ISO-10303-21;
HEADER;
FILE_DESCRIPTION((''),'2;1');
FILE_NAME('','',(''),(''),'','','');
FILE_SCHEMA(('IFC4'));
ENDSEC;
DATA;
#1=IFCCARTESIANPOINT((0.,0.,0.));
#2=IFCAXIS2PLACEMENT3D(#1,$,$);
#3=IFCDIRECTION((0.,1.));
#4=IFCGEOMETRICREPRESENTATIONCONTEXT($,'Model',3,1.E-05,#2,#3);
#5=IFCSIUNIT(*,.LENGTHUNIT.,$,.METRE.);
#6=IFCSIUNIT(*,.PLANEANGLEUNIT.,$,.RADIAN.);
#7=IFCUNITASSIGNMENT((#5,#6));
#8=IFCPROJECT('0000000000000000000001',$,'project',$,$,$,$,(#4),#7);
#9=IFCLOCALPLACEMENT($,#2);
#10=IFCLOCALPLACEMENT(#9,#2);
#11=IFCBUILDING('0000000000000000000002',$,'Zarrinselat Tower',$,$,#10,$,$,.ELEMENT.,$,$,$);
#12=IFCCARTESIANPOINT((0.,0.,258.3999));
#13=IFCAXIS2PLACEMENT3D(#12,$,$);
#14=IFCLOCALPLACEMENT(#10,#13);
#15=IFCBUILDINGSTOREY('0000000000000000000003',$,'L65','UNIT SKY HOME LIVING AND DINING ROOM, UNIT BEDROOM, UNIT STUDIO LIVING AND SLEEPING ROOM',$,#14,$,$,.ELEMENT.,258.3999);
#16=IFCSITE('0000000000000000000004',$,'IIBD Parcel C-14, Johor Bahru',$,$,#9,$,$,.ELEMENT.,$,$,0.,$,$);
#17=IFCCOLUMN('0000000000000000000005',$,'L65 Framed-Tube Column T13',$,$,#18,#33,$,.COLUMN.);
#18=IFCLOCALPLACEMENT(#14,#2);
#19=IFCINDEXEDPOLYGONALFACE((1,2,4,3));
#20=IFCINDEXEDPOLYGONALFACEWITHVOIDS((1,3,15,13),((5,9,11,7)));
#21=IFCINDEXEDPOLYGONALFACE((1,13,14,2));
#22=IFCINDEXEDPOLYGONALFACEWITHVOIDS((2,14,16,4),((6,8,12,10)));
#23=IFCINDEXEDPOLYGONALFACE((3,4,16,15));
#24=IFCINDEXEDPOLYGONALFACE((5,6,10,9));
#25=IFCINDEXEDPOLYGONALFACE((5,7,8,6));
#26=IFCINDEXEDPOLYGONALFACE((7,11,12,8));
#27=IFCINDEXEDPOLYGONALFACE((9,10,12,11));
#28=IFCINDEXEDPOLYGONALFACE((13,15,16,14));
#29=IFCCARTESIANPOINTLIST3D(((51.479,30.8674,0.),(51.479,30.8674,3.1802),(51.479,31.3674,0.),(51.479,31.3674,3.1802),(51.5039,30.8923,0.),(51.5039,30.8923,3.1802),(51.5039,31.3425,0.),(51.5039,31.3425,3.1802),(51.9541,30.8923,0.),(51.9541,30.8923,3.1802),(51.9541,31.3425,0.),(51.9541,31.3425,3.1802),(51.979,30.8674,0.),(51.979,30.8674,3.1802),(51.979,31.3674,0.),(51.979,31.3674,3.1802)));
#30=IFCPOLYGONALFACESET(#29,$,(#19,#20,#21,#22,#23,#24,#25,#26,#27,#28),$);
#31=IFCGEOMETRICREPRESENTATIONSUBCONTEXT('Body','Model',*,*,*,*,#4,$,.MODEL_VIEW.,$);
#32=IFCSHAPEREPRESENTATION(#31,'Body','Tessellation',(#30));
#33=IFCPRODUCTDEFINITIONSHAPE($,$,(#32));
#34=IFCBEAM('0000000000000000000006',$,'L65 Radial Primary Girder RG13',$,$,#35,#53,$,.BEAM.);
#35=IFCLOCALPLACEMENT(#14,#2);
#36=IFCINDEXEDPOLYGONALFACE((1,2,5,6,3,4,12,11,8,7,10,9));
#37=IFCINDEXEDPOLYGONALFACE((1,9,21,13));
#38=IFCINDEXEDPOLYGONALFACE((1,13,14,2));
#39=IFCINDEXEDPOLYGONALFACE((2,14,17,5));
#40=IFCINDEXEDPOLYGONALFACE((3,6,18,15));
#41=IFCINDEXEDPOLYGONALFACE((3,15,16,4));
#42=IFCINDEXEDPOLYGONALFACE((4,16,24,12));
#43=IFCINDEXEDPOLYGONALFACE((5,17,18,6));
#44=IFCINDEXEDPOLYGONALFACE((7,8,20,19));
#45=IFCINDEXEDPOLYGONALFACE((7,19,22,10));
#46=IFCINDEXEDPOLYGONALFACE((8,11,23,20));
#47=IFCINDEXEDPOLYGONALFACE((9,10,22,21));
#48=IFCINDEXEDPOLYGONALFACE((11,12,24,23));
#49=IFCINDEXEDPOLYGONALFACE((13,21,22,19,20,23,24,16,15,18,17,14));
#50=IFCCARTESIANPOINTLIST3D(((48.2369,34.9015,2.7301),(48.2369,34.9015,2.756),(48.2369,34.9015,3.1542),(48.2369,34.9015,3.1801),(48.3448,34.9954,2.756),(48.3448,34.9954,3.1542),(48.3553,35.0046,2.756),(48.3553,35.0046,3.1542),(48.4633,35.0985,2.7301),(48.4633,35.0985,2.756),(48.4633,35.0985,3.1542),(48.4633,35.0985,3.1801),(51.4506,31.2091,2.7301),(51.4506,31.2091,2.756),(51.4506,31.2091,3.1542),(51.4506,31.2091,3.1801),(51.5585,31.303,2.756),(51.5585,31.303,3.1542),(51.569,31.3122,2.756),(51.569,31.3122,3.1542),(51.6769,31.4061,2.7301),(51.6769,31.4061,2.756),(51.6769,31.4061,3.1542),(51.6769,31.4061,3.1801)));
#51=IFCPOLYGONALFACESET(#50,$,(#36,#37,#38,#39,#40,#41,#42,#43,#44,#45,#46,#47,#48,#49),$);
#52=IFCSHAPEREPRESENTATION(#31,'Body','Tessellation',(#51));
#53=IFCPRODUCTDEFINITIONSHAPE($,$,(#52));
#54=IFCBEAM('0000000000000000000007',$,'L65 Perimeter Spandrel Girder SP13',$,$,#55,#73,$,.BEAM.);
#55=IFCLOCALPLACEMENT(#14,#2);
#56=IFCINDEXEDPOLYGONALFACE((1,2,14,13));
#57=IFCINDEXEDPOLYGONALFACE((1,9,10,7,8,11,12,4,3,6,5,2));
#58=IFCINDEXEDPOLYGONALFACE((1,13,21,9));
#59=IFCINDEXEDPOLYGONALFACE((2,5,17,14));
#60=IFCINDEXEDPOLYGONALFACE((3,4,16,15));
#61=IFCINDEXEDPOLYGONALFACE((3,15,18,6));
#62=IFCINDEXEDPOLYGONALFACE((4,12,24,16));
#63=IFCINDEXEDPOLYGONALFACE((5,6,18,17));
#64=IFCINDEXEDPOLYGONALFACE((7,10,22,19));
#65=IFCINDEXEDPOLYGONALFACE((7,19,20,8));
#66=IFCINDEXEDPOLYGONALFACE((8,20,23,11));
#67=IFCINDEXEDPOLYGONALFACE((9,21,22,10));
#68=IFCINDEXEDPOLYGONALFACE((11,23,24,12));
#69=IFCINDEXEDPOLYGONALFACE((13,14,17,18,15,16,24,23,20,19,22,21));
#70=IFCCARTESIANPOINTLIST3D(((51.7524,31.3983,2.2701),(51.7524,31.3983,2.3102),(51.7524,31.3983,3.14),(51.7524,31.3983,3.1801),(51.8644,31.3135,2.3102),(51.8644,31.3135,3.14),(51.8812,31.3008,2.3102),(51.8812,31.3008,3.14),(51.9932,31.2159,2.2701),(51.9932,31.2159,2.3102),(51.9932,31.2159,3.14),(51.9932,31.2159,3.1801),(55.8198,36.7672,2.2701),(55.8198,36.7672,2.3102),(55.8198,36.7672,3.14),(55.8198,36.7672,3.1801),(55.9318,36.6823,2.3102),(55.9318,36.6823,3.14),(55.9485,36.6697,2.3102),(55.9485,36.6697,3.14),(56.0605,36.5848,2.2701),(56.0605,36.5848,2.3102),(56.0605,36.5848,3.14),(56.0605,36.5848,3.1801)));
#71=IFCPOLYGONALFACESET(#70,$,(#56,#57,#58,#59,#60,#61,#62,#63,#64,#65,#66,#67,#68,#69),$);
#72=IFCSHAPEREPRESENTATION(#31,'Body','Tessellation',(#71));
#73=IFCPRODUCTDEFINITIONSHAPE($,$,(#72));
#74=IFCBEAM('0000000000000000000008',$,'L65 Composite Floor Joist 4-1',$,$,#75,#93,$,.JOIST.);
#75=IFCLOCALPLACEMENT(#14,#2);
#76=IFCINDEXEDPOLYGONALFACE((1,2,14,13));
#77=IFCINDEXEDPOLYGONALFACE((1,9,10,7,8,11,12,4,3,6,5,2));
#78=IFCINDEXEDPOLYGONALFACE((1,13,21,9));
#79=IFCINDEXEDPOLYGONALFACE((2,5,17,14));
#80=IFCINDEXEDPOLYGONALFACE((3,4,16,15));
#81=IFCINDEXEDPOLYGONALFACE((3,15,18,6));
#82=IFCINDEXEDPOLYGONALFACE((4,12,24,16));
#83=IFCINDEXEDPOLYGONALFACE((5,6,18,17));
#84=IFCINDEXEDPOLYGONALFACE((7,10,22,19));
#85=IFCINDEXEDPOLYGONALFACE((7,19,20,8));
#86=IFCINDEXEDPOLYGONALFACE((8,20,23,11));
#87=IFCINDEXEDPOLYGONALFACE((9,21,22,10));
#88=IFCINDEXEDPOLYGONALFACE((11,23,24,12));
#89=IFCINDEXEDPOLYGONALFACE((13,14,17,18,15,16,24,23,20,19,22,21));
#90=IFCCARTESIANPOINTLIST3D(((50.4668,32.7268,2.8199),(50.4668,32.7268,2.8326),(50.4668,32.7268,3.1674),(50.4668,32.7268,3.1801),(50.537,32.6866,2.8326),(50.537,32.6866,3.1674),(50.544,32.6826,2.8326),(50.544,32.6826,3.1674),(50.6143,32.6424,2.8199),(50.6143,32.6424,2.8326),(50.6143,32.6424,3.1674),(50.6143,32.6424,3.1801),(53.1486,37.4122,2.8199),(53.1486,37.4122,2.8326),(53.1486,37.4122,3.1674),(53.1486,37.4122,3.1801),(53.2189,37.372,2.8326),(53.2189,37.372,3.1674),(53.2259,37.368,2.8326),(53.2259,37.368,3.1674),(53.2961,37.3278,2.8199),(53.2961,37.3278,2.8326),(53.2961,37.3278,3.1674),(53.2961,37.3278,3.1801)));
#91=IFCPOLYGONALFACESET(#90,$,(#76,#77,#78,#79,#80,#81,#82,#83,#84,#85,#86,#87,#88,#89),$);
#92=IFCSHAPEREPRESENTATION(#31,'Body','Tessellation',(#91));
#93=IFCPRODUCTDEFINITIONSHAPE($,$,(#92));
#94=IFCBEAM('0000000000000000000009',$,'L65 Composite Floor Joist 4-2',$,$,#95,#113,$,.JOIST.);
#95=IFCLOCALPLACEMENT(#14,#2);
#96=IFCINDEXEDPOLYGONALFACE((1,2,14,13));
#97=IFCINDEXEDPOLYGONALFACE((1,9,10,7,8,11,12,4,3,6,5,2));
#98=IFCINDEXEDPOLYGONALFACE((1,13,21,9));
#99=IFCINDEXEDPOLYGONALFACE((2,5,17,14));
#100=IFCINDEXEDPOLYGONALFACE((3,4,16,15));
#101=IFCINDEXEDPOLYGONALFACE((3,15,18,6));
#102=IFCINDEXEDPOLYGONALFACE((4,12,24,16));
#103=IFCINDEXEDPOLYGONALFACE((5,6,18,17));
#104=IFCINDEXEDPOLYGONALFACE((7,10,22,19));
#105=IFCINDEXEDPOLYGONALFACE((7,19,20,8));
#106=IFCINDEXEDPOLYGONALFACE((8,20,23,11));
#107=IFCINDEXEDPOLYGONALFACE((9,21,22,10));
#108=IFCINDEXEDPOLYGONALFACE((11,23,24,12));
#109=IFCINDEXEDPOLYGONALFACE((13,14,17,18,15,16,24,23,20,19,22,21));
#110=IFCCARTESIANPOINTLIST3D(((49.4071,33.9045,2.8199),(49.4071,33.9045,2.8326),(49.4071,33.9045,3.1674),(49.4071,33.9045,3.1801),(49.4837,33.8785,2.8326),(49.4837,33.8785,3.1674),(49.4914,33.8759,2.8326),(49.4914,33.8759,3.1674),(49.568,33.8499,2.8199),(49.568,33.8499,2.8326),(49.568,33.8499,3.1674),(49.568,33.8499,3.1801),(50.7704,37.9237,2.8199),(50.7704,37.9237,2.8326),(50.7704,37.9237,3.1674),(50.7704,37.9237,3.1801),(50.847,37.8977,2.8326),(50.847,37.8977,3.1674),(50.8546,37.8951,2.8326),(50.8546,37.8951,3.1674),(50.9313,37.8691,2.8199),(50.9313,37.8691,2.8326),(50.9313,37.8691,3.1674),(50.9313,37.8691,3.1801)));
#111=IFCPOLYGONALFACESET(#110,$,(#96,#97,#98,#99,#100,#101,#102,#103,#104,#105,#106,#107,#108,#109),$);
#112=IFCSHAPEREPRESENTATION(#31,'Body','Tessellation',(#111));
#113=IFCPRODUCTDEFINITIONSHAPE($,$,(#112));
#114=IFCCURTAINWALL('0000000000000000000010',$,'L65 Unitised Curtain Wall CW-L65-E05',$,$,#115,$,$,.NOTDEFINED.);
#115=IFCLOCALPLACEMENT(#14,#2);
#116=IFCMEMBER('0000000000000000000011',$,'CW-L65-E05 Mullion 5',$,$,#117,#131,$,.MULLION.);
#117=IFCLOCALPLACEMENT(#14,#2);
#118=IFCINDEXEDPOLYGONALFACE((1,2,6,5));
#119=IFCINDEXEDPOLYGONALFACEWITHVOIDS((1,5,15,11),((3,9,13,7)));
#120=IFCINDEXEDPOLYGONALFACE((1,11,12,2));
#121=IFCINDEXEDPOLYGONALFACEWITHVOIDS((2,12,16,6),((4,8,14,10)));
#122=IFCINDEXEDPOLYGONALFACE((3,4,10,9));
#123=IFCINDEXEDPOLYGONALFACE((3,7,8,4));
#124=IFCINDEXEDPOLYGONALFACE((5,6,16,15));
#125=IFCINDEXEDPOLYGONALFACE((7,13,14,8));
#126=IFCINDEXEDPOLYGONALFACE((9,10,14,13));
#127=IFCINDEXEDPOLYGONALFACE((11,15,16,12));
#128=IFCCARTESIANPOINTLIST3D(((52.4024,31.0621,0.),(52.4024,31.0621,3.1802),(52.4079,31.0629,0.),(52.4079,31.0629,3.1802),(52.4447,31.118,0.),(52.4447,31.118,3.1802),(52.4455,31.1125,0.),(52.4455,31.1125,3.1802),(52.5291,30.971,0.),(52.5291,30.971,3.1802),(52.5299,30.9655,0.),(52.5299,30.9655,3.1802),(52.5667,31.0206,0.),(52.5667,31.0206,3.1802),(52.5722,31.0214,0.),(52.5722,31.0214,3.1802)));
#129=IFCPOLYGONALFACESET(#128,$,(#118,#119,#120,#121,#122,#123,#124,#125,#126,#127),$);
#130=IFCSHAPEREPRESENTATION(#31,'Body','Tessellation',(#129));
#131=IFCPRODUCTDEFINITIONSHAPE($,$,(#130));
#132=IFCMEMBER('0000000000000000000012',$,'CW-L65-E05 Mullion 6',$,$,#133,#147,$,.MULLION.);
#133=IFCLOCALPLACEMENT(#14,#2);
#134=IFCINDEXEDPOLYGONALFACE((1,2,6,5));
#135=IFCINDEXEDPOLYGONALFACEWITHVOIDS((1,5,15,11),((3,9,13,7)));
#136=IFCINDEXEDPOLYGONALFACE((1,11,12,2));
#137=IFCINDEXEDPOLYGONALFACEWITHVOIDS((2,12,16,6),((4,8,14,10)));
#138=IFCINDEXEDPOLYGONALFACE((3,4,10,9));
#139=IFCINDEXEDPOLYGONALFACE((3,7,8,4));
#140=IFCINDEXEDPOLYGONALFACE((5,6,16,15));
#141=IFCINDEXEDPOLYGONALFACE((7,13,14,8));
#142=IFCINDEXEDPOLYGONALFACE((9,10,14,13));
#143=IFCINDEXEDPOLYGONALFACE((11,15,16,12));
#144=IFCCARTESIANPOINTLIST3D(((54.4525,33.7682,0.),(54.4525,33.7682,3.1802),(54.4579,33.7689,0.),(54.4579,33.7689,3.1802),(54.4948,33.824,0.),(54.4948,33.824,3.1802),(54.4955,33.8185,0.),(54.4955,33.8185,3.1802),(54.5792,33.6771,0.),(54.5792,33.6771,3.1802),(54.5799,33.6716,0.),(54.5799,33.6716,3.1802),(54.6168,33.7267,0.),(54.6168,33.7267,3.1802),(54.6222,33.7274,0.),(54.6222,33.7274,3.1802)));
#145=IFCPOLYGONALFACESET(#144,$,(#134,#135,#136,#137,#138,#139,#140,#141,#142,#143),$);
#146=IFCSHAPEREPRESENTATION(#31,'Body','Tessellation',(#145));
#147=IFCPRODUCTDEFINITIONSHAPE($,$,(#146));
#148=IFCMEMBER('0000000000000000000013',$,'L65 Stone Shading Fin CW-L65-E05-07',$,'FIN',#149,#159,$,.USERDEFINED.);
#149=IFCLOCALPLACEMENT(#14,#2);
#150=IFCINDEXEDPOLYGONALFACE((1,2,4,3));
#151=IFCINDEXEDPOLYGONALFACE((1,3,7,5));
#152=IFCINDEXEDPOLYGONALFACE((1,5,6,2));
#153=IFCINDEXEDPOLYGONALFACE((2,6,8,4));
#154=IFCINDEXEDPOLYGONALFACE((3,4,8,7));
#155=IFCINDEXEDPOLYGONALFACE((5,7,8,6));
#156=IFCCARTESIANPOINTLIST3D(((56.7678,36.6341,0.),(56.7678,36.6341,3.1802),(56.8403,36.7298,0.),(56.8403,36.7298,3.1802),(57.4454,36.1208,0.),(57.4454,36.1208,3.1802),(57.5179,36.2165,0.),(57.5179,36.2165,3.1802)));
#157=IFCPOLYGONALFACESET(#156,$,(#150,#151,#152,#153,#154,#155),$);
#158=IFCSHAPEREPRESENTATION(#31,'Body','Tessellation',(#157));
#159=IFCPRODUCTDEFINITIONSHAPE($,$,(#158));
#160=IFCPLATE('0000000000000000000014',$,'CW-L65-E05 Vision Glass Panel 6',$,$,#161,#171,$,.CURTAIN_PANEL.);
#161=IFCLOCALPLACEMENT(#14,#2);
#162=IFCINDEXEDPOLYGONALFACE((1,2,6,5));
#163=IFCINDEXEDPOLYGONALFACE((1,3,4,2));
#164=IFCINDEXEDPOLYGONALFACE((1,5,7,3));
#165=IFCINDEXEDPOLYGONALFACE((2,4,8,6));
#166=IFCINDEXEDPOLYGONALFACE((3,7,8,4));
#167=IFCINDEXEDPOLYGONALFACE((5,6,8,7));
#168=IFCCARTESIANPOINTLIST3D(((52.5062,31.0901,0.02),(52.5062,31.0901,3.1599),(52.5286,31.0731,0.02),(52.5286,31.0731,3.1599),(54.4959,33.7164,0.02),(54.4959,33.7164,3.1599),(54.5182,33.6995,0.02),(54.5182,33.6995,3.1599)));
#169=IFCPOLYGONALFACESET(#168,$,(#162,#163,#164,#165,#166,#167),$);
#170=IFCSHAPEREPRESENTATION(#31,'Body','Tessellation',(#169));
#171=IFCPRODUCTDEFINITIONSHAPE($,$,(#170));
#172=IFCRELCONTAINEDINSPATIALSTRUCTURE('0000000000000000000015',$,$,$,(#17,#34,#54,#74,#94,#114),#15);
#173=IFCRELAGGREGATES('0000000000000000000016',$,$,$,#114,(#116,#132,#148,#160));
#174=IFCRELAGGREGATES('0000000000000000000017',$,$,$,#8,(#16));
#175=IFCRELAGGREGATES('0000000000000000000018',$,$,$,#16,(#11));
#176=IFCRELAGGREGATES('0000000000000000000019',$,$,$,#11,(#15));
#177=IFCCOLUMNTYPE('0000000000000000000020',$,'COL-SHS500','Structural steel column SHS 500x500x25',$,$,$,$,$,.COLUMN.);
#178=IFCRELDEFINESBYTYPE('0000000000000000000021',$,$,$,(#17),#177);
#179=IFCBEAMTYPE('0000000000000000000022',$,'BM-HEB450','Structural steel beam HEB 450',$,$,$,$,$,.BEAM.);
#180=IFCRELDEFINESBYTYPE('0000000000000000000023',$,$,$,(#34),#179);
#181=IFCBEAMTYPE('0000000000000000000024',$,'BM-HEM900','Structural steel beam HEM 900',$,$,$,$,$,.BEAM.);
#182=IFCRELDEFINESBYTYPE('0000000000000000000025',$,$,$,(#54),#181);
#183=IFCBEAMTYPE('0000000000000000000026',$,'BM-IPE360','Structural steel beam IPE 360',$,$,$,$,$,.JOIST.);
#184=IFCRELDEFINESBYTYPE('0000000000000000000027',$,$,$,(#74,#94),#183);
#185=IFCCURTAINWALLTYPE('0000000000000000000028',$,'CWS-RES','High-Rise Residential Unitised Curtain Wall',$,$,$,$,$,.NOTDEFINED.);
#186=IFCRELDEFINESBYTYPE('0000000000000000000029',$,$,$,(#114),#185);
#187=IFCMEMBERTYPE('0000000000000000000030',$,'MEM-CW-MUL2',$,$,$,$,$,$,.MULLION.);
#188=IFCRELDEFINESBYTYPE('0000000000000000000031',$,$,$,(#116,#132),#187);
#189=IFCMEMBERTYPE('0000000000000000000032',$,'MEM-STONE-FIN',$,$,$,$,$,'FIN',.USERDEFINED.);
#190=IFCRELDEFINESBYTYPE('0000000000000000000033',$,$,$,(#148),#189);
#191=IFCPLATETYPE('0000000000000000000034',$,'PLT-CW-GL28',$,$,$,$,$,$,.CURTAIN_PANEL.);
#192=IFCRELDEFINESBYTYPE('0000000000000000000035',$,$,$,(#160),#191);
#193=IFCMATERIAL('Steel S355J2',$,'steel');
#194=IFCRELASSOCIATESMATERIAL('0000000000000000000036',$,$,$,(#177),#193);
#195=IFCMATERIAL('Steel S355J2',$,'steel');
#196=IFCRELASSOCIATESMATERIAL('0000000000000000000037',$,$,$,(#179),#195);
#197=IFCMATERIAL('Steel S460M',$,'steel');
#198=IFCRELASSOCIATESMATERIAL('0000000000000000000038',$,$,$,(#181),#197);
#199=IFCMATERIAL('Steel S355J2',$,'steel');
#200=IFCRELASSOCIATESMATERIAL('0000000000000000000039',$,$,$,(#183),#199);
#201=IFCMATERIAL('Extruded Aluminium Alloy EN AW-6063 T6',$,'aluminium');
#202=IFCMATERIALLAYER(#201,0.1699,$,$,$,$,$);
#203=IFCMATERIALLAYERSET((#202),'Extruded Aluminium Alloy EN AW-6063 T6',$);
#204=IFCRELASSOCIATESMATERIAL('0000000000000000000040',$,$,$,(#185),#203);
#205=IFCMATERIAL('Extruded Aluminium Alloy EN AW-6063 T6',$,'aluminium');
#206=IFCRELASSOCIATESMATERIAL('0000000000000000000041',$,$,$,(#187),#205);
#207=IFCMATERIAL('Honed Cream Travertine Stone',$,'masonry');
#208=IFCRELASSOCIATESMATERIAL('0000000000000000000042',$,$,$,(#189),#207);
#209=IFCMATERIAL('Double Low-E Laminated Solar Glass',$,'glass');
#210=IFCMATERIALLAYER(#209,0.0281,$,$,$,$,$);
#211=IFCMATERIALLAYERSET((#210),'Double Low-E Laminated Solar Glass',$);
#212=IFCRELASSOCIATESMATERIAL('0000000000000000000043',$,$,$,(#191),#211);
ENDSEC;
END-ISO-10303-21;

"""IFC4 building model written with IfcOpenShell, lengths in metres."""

from ifc_helpers import new_model, si_unit, direction, frame, origin, origin_2d, place, context, subcontext, project, spatial, rectangle, hollow_rectangle, i_section, extrude, material, layer, layer_set, material_profile, profile_set, type_object, element, aggregate, save


model = new_model("IFC4")

# Units and contexts
model_context = context("Model", 3, precision=1e-05, world=origin(), true_north=direction((0.0, 1.0)))
body_context = subcontext(model_context, "Body", "Model", "MODEL_VIEW")
ifc_project = project(units=[si_unit("LENGTHUNIT", "METRE"), si_unit("PLANEANGLEUNIT", "RADIAN")], contexts=[model_context])

# Site, building, storey
site_placement = place(None, origin())
site = spatial("IfcSite", under=ifc_project, at=site_placement, Name="IIBD Parcel C-14, Johor Bahru", CompositionType="ELEMENT", RefElevation=0.0)
building_placement = place(site_placement, origin())
building = spatial("IfcBuilding", under=site, at=building_placement, Name="Zarrinselat Tower", CompositionType="ELEMENT")
storey_placement = place(building_placement, frame((0.0, 0.0, 258.3999)))
storey = spatial("IfcBuildingStorey", under=building, at=storey_placement, Name="L65", Description="UNIT SKY HOME LIVING AND DINING ROOM, UNIT BEDROOM, UNIT STUDIO LIVING AND SLEEPING ROOM", CompositionType="ELEMENT", Elevation=258.3999)

# Column
ifc_material_1 = material(Name="Steel S355J2", Category="steel")
ifc_material_profile_1 = material_profile(ifc_material_1, hollow_rectangle(XDim=0.5, YDim=0.5, WallThickness=0.0249, at=origin_2d()), Name="SHS 500x500x25")
ifc_profile_set_1 = profile_set([ifc_material_profile_1], Name="Steel S355J2")
column_type = type_object("IfcColumnType", Name="COL-SHS500", Description="Structural steel column SHS 500x500x25", PredefinedType="COLUMN", material=ifc_profile_set_1)
column_placement = place(storey_placement, frame((51.729, 31.1174, 0.0), z_axis=(0.0, 0.0, 1.0), x_axis=(1.0, 0.0, 0.0)))
element("IfcColumn", 1, at=column_placement, inside=storey, type_object=column_type, Name="L65 Framed-Tube Column T13", PredefinedType="COLUMN", context=body_context, shape_type="SweptSolid", body=[
    extrude(hollow_rectangle(XDim=0.5, YDim=0.5, WallThickness=0.0249, at=origin_2d()), origin(), (0.0, 0.0, 1.0), 3.1802),
])

# Beams
ifc_material_2 = material(Name="Steel S355J2", Category="steel")
ifc_material_profile_2 = material_profile(ifc_material_2, i_section(OverallWidth=0.3, OverallDepth=0.45, WebThickness=0.0139, FlangeThickness=0.0259, at=origin_2d()), Name="HEB 450")
ifc_profile_set_2 = profile_set([ifc_material_profile_2], Name="Steel S355J2")
beam_type_1 = type_object("IfcBeamType", Name="BM-HEB450", Description="Structural steel beam HEB 450", PredefinedType="BEAM", material=ifc_profile_set_2)
beam_1_placement = place(storey_placement, frame((48.3501, 35.0, 2.9551), z_axis=(0.656511, -0.754317, 0.0), x_axis=(0.754317, 0.656511, 0.0)))
element("IfcBeam", 2, at=beam_1_placement, inside=storey, type_object=beam_type_1, Name="L65 Radial Primary Girder RG13", PredefinedType="BEAM", context=body_context, shape_type="SweptSolid", body=[
    extrude(i_section(OverallWidth=0.3, OverallDepth=0.45, WebThickness=0.0139, FlangeThickness=0.0259, at=origin_2d()), origin(), (0.0, 0.0, 1.0), 4.895),
])
ifc_material_3 = material(Name="Steel S460M", Category="steel")
ifc_material_profile_3 = material_profile(ifc_material_3, i_section(OverallWidth=0.302, OverallDepth=0.9099, WebThickness=0.021, FlangeThickness=0.04, at=origin_2d()), Name="HEM 900")
ifc_profile_set_3 = profile_set([ifc_material_profile_3], Name="Steel S460M")
beam_type_2 = type_object("IfcBeamType", Name="BM-HEM900", Description="Structural steel beam HEM 900", PredefinedType="BEAM", material=ifc_profile_set_3)
beam_2_placement = place(storey_placement, frame((51.8728, 31.3071, 2.7251), z_axis=(0.603861, 0.79709, 0.0), x_axis=(-0.79709, 0.603861, 0.0)))
element("IfcBeam", 3, at=beam_2_placement, inside=storey, type_object=beam_type_2, Name="L65 Perimeter Spandrel Girder SP13", PredefinedType="BEAM", context=body_context, shape_type="SweptSolid", body=[
    extrude(i_section(OverallWidth=0.302, OverallDepth=0.9099, WebThickness=0.021, FlangeThickness=0.04, at=origin_2d()), origin(), (0.0, 0.0, 1.0), 6.7356),
])
ifc_material_4 = material(Name="Steel S355J2", Category="steel")
ifc_material_profile_4 = material_profile(ifc_material_4, i_section(OverallWidth=0.1699, OverallDepth=0.3601, WebThickness=0.0081, FlangeThickness=0.0127, at=origin_2d()), Name="IPE 360")
ifc_profile_set_4 = profile_set([ifc_material_profile_4], Name="Steel S355J2")
beam_type_3 = type_object("IfcBeamType", Name="BM-IPE360", Description="Structural steel beam IPE 360", PredefinedType="JOIST", material=ifc_profile_set_4)
beam_3_placement = place(storey_placement, frame((50.5405, 32.6846, 3.0), z_axis=(0.496757, 0.867889, 0.0), x_axis=(-0.867889, 0.496757, 0.0)))
element("IfcBeam", 4, at=beam_3_placement, inside=storey, type_object=beam_type_3, Name="L65 Composite Floor Joist 4-1", PredefinedType="JOIST", context=body_context, shape_type="SweptSolid", body=[
    extrude(i_section(OverallWidth=0.1699, OverallDepth=0.3601, WebThickness=0.0081, FlangeThickness=0.0127, at=origin_2d()), origin(), (0.0, 0.0, 1.0), 5.3987),
])
beam_4_placement = place(storey_placement, frame((49.4875, 33.8772, 3.0), z_axis=(0.321211, 0.947008, 0.0), x_axis=(-0.947008, 0.321211, 0.0)))
element("IfcBeam", 5, at=beam_4_placement, inside=storey, type_object=beam_type_3, Name="L65 Composite Floor Joist 4-2", PredefinedType="JOIST", context=body_context, shape_type="SweptSolid", body=[
    extrude(i_section(OverallWidth=0.1699, OverallDepth=0.3601, WebThickness=0.0081, FlangeThickness=0.0127, at=origin_2d()), origin(), (0.0, 0.0, 1.0), 4.2441),
])

# Curtain wall, members, plate
ifc_material_5 = material(Name="Extruded Aluminium Alloy EN AW-6063 T6", Category="aluminium")
ifc_layer_1 = layer(ifc_material_5, 0.1699)
ifc_layer_set_1 = layer_set([ifc_layer_1], Name="Extruded Aluminium Alloy EN AW-6063 T6")
curtain_wall_type = type_object("IfcCurtainWallType", Name="CWS-RES", Description="High-Rise Residential Unitised Curtain Wall", PredefinedType="NOTDEFINED", material=ifc_layer_set_1)
curtain_wall_placement = place(storey_placement, origin())
curtain_wall = element("IfcCurtainWall", 6, at=curtain_wall_placement, inside=storey, type_object=curtain_wall_type, Name="L65 Unitised Curtain Wall CW-L65-E05", PredefinedType="NOTDEFINED")
ifc_material_6 = material(Name="Extruded Aluminium Alloy EN AW-6063 T6", Category="aluminium")
ifc_material_profile_5 = material_profile(ifc_material_6, hollow_rectangle(XDim=0.0701, YDim=0.1599, WallThickness=0.0039, at=origin_2d()), Name="RHS 160x70x4")
ifc_profile_set_5 = profile_set([ifc_material_profile_5], Name="Extruded Aluminium Alloy EN AW-6063 T6")
member_type_1 = type_object("IfcMemberType", Name="MEM-CW-MUL2", PredefinedType="MULLION", material=ifc_profile_set_5)
member_1_placement = place(storey_placement, frame((52.4873, 31.0417, 0.0), z_axis=(0.0, 0.0, 1.0), x_axis=(0.60386, 0.797091, 0.0)))
member_1 = element("IfcMember", 7, at=member_1_placement, type_object=member_type_1, Name="CW-L65-E05 Mullion 5", PredefinedType="MULLION", context=body_context, shape_type="SweptSolid", body=[
    extrude(hollow_rectangle(XDim=0.0701, YDim=0.1599, WallThickness=0.0039, at=origin_2d()), origin(), (0.0, 0.0, 1.0), 3.1802),
])
member_2_placement = place(storey_placement, frame((54.5374, 33.7478, 0.0), z_axis=(0.0, 0.0, 1.0), x_axis=(0.60386, 0.797091, 0.0)))
member_2 = element("IfcMember", 8, at=member_2_placement, type_object=member_type_1, Name="CW-L65-E05 Mullion 6", PredefinedType="MULLION", context=body_context, shape_type="SweptSolid", body=[
    extrude(hollow_rectangle(XDim=0.0701, YDim=0.1599, WallThickness=0.0039, at=origin_2d()), origin(), (0.0, 0.0, 1.0), 3.1802),
])
ifc_material_7 = material(Name="Honed Cream Travertine Stone", Category="masonry")
ifc_material_profile_6 = material_profile(ifc_material_7, rectangle(XDim=0.1201, YDim=0.8501, at=origin_2d()), Name="FIN 850x120")
ifc_profile_set_6 = profile_set([ifc_material_profile_6], Name="Honed Cream Travertine Stone")
member_type_2 = type_object("IfcMemberType", Name="MEM-STONE-FIN", ElementType="FIN", PredefinedType="USERDEFINED", material=ifc_profile_set_6)
member_3_placement = place(storey_placement, frame((57.1428, 36.4253, 0.0), z_axis=(0.0, 0.0, 1.0), x_axis=(-0.60386, -0.797091, 0.0)))
member_3 = element("IfcMember", 9, at=member_3_placement, type_object=member_type_2, Name="L65 Stone Shading Fin CW-L65-E05-07", ObjectType="FIN", PredefinedType="USERDEFINED", context=body_context, shape_type="SweptSolid", body=[
    extrude(rectangle(XDim=0.1201, YDim=0.8501, at=origin_2d()), origin(), (0.0, 0.0, 1.0), 3.1802),
])
ifc_material_8 = material(Name="Double Low-E Laminated Solar Glass", Category="glass")
ifc_layer_2 = layer(ifc_material_8, 0.0281)
ifc_layer_set_2 = layer_set([ifc_layer_2], Name="Double Low-E Laminated Solar Glass")
plate_type = type_object("IfcPlateType", Name="PLT-CW-GL28", PredefinedType="CURTAIN_PANEL", material=ifc_layer_set_2)
plate_1_placement = place(storey_placement, frame((53.5122, 32.3948, 0.02), z_axis=(0.0, 0.0, 1.0), x_axis=(0.60386, 0.797091, 0.0)))
plate_1 = element("IfcPlate", 10, at=plate_1_placement, type_object=plate_type, Name="CW-L65-E05 Vision Glass Panel 6", PredefinedType="CURTAIN_PANEL", context=body_context, shape_type="SweptSolid", body=[
    extrude(rectangle(XDim=3.2949, YDim=0.0281, at=origin_2d()), origin(), (0.0, 0.0, 1.0), 3.1399),
])
aggregate(curtain_wall, [member_1, member_2, member_3, plate_1])

save(model, "model.ifc")
